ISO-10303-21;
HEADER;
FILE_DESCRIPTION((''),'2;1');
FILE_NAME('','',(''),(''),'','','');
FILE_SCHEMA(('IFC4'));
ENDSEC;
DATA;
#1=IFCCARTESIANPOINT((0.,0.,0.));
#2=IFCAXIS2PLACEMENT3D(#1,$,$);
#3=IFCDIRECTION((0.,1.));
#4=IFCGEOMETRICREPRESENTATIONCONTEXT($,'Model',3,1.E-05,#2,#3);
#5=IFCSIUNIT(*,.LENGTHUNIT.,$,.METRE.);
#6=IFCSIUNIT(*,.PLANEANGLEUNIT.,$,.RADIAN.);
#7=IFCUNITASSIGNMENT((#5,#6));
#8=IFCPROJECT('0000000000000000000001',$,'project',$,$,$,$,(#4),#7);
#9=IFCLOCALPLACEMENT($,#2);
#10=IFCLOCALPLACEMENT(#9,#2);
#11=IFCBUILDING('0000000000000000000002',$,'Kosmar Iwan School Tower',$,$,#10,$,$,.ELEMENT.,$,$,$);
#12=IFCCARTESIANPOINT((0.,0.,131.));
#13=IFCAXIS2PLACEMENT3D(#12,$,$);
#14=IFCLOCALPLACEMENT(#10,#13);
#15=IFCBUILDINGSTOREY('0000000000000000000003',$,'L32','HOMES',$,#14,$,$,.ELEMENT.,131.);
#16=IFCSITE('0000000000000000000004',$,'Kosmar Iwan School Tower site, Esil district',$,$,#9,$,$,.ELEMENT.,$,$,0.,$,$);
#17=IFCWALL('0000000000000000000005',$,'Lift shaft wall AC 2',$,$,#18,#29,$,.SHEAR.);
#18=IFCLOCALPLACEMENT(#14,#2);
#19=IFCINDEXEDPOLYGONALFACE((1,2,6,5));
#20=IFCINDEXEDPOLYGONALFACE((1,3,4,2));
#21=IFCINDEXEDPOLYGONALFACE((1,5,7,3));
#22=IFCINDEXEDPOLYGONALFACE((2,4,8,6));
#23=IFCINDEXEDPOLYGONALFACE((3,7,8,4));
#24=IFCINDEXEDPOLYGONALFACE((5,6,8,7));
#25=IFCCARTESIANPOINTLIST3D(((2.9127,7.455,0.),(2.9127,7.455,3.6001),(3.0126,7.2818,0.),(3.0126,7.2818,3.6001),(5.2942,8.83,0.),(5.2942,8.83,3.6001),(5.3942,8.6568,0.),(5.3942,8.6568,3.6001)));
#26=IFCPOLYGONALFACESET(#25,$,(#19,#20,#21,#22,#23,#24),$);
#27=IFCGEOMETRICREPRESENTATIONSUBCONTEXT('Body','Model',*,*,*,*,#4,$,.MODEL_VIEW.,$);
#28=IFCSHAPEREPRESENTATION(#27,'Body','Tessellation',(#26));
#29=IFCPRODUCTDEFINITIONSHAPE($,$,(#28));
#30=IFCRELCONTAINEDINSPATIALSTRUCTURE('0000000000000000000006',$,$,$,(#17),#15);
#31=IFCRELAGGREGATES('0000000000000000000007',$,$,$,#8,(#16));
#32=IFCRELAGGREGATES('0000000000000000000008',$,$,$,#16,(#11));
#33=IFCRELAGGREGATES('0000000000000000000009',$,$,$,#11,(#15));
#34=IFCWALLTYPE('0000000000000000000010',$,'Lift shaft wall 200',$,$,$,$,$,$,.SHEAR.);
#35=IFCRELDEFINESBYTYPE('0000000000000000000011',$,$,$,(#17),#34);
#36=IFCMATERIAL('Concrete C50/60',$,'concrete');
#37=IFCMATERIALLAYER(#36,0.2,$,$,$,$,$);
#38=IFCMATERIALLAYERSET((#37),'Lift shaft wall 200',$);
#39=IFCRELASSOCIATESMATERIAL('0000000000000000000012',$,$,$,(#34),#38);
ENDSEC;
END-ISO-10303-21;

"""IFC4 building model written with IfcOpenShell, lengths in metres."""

from ifc_helpers import new_model, si_unit, direction, frame, frame_2d, origin, place, context, subcontext, project, spatial, rectangle, extrude, material, layer, layer_set, type_object, element, save


model = new_model("IFC4")

# Units and contexts
model_context = context("Model", 3, precision=1e-05, world=origin(), true_north=direction((0.0, 1.0)))
body_context = subcontext(model_context, "Body", "Model", "MODEL_VIEW")
ifc_project = project(units=[si_unit("LENGTHUNIT", "METRE"), si_unit("PLANEANGLEUNIT", "RADIAN")], contexts=[model_context])

# Site, building, storey
site_placement = place(None, origin())
site = spatial("IfcSite", under=ifc_project, at=site_placement, Name="Kosmar Iwan School Tower site, Esil district", CompositionType="ELEMENT", RefElevation=0.0)
building_placement = place(site_placement, origin())
building = spatial("IfcBuilding", under=site, at=building_placement, Name="Kosmar Iwan School Tower", CompositionType="ELEMENT")
storey_placement = place(building_placement, frame((0.0, 0.0, 131.0)))
storey = spatial("IfcBuildingStorey", under=building, at=storey_placement, Name="L32", Description="HOMES", CompositionType="ELEMENT", Elevation=131.0)

# Wall
ifc_material_1 = material(Name="Concrete C50/60", Category="concrete")
ifc_layer_1 = layer(ifc_material_1, 0.2)
ifc_layer_set_1 = layer_set([ifc_layer_1], Name="Lift shaft wall 200")
wall_type_1 = type_object("IfcWallType", Name="Lift shaft wall 200", PredefinedType="SHEAR", material=ifc_layer_set_1)
wall_1_placement = place(storey_placement, frame((2.9626, 7.3684, 0.0), z_axis=(0.0, 0.0, 1.0), x_axis=(0.866027, 0.499997, 0.0)))
element("IfcWall", 1, at=wall_1_placement, inside=storey, type_object=wall_type_1, Name="Lift shaft wall AC 2", PredefinedType="SHEAR", context=body_context, shape_type="SweptSolid", body=[
    extrude(rectangle(XDim=2.75, YDim=0.2, at=frame_2d((1.375, 0.0))), origin(), (0.0, 0.0, 1.0), 3.6001),
])

save(model, "model.ifc")
